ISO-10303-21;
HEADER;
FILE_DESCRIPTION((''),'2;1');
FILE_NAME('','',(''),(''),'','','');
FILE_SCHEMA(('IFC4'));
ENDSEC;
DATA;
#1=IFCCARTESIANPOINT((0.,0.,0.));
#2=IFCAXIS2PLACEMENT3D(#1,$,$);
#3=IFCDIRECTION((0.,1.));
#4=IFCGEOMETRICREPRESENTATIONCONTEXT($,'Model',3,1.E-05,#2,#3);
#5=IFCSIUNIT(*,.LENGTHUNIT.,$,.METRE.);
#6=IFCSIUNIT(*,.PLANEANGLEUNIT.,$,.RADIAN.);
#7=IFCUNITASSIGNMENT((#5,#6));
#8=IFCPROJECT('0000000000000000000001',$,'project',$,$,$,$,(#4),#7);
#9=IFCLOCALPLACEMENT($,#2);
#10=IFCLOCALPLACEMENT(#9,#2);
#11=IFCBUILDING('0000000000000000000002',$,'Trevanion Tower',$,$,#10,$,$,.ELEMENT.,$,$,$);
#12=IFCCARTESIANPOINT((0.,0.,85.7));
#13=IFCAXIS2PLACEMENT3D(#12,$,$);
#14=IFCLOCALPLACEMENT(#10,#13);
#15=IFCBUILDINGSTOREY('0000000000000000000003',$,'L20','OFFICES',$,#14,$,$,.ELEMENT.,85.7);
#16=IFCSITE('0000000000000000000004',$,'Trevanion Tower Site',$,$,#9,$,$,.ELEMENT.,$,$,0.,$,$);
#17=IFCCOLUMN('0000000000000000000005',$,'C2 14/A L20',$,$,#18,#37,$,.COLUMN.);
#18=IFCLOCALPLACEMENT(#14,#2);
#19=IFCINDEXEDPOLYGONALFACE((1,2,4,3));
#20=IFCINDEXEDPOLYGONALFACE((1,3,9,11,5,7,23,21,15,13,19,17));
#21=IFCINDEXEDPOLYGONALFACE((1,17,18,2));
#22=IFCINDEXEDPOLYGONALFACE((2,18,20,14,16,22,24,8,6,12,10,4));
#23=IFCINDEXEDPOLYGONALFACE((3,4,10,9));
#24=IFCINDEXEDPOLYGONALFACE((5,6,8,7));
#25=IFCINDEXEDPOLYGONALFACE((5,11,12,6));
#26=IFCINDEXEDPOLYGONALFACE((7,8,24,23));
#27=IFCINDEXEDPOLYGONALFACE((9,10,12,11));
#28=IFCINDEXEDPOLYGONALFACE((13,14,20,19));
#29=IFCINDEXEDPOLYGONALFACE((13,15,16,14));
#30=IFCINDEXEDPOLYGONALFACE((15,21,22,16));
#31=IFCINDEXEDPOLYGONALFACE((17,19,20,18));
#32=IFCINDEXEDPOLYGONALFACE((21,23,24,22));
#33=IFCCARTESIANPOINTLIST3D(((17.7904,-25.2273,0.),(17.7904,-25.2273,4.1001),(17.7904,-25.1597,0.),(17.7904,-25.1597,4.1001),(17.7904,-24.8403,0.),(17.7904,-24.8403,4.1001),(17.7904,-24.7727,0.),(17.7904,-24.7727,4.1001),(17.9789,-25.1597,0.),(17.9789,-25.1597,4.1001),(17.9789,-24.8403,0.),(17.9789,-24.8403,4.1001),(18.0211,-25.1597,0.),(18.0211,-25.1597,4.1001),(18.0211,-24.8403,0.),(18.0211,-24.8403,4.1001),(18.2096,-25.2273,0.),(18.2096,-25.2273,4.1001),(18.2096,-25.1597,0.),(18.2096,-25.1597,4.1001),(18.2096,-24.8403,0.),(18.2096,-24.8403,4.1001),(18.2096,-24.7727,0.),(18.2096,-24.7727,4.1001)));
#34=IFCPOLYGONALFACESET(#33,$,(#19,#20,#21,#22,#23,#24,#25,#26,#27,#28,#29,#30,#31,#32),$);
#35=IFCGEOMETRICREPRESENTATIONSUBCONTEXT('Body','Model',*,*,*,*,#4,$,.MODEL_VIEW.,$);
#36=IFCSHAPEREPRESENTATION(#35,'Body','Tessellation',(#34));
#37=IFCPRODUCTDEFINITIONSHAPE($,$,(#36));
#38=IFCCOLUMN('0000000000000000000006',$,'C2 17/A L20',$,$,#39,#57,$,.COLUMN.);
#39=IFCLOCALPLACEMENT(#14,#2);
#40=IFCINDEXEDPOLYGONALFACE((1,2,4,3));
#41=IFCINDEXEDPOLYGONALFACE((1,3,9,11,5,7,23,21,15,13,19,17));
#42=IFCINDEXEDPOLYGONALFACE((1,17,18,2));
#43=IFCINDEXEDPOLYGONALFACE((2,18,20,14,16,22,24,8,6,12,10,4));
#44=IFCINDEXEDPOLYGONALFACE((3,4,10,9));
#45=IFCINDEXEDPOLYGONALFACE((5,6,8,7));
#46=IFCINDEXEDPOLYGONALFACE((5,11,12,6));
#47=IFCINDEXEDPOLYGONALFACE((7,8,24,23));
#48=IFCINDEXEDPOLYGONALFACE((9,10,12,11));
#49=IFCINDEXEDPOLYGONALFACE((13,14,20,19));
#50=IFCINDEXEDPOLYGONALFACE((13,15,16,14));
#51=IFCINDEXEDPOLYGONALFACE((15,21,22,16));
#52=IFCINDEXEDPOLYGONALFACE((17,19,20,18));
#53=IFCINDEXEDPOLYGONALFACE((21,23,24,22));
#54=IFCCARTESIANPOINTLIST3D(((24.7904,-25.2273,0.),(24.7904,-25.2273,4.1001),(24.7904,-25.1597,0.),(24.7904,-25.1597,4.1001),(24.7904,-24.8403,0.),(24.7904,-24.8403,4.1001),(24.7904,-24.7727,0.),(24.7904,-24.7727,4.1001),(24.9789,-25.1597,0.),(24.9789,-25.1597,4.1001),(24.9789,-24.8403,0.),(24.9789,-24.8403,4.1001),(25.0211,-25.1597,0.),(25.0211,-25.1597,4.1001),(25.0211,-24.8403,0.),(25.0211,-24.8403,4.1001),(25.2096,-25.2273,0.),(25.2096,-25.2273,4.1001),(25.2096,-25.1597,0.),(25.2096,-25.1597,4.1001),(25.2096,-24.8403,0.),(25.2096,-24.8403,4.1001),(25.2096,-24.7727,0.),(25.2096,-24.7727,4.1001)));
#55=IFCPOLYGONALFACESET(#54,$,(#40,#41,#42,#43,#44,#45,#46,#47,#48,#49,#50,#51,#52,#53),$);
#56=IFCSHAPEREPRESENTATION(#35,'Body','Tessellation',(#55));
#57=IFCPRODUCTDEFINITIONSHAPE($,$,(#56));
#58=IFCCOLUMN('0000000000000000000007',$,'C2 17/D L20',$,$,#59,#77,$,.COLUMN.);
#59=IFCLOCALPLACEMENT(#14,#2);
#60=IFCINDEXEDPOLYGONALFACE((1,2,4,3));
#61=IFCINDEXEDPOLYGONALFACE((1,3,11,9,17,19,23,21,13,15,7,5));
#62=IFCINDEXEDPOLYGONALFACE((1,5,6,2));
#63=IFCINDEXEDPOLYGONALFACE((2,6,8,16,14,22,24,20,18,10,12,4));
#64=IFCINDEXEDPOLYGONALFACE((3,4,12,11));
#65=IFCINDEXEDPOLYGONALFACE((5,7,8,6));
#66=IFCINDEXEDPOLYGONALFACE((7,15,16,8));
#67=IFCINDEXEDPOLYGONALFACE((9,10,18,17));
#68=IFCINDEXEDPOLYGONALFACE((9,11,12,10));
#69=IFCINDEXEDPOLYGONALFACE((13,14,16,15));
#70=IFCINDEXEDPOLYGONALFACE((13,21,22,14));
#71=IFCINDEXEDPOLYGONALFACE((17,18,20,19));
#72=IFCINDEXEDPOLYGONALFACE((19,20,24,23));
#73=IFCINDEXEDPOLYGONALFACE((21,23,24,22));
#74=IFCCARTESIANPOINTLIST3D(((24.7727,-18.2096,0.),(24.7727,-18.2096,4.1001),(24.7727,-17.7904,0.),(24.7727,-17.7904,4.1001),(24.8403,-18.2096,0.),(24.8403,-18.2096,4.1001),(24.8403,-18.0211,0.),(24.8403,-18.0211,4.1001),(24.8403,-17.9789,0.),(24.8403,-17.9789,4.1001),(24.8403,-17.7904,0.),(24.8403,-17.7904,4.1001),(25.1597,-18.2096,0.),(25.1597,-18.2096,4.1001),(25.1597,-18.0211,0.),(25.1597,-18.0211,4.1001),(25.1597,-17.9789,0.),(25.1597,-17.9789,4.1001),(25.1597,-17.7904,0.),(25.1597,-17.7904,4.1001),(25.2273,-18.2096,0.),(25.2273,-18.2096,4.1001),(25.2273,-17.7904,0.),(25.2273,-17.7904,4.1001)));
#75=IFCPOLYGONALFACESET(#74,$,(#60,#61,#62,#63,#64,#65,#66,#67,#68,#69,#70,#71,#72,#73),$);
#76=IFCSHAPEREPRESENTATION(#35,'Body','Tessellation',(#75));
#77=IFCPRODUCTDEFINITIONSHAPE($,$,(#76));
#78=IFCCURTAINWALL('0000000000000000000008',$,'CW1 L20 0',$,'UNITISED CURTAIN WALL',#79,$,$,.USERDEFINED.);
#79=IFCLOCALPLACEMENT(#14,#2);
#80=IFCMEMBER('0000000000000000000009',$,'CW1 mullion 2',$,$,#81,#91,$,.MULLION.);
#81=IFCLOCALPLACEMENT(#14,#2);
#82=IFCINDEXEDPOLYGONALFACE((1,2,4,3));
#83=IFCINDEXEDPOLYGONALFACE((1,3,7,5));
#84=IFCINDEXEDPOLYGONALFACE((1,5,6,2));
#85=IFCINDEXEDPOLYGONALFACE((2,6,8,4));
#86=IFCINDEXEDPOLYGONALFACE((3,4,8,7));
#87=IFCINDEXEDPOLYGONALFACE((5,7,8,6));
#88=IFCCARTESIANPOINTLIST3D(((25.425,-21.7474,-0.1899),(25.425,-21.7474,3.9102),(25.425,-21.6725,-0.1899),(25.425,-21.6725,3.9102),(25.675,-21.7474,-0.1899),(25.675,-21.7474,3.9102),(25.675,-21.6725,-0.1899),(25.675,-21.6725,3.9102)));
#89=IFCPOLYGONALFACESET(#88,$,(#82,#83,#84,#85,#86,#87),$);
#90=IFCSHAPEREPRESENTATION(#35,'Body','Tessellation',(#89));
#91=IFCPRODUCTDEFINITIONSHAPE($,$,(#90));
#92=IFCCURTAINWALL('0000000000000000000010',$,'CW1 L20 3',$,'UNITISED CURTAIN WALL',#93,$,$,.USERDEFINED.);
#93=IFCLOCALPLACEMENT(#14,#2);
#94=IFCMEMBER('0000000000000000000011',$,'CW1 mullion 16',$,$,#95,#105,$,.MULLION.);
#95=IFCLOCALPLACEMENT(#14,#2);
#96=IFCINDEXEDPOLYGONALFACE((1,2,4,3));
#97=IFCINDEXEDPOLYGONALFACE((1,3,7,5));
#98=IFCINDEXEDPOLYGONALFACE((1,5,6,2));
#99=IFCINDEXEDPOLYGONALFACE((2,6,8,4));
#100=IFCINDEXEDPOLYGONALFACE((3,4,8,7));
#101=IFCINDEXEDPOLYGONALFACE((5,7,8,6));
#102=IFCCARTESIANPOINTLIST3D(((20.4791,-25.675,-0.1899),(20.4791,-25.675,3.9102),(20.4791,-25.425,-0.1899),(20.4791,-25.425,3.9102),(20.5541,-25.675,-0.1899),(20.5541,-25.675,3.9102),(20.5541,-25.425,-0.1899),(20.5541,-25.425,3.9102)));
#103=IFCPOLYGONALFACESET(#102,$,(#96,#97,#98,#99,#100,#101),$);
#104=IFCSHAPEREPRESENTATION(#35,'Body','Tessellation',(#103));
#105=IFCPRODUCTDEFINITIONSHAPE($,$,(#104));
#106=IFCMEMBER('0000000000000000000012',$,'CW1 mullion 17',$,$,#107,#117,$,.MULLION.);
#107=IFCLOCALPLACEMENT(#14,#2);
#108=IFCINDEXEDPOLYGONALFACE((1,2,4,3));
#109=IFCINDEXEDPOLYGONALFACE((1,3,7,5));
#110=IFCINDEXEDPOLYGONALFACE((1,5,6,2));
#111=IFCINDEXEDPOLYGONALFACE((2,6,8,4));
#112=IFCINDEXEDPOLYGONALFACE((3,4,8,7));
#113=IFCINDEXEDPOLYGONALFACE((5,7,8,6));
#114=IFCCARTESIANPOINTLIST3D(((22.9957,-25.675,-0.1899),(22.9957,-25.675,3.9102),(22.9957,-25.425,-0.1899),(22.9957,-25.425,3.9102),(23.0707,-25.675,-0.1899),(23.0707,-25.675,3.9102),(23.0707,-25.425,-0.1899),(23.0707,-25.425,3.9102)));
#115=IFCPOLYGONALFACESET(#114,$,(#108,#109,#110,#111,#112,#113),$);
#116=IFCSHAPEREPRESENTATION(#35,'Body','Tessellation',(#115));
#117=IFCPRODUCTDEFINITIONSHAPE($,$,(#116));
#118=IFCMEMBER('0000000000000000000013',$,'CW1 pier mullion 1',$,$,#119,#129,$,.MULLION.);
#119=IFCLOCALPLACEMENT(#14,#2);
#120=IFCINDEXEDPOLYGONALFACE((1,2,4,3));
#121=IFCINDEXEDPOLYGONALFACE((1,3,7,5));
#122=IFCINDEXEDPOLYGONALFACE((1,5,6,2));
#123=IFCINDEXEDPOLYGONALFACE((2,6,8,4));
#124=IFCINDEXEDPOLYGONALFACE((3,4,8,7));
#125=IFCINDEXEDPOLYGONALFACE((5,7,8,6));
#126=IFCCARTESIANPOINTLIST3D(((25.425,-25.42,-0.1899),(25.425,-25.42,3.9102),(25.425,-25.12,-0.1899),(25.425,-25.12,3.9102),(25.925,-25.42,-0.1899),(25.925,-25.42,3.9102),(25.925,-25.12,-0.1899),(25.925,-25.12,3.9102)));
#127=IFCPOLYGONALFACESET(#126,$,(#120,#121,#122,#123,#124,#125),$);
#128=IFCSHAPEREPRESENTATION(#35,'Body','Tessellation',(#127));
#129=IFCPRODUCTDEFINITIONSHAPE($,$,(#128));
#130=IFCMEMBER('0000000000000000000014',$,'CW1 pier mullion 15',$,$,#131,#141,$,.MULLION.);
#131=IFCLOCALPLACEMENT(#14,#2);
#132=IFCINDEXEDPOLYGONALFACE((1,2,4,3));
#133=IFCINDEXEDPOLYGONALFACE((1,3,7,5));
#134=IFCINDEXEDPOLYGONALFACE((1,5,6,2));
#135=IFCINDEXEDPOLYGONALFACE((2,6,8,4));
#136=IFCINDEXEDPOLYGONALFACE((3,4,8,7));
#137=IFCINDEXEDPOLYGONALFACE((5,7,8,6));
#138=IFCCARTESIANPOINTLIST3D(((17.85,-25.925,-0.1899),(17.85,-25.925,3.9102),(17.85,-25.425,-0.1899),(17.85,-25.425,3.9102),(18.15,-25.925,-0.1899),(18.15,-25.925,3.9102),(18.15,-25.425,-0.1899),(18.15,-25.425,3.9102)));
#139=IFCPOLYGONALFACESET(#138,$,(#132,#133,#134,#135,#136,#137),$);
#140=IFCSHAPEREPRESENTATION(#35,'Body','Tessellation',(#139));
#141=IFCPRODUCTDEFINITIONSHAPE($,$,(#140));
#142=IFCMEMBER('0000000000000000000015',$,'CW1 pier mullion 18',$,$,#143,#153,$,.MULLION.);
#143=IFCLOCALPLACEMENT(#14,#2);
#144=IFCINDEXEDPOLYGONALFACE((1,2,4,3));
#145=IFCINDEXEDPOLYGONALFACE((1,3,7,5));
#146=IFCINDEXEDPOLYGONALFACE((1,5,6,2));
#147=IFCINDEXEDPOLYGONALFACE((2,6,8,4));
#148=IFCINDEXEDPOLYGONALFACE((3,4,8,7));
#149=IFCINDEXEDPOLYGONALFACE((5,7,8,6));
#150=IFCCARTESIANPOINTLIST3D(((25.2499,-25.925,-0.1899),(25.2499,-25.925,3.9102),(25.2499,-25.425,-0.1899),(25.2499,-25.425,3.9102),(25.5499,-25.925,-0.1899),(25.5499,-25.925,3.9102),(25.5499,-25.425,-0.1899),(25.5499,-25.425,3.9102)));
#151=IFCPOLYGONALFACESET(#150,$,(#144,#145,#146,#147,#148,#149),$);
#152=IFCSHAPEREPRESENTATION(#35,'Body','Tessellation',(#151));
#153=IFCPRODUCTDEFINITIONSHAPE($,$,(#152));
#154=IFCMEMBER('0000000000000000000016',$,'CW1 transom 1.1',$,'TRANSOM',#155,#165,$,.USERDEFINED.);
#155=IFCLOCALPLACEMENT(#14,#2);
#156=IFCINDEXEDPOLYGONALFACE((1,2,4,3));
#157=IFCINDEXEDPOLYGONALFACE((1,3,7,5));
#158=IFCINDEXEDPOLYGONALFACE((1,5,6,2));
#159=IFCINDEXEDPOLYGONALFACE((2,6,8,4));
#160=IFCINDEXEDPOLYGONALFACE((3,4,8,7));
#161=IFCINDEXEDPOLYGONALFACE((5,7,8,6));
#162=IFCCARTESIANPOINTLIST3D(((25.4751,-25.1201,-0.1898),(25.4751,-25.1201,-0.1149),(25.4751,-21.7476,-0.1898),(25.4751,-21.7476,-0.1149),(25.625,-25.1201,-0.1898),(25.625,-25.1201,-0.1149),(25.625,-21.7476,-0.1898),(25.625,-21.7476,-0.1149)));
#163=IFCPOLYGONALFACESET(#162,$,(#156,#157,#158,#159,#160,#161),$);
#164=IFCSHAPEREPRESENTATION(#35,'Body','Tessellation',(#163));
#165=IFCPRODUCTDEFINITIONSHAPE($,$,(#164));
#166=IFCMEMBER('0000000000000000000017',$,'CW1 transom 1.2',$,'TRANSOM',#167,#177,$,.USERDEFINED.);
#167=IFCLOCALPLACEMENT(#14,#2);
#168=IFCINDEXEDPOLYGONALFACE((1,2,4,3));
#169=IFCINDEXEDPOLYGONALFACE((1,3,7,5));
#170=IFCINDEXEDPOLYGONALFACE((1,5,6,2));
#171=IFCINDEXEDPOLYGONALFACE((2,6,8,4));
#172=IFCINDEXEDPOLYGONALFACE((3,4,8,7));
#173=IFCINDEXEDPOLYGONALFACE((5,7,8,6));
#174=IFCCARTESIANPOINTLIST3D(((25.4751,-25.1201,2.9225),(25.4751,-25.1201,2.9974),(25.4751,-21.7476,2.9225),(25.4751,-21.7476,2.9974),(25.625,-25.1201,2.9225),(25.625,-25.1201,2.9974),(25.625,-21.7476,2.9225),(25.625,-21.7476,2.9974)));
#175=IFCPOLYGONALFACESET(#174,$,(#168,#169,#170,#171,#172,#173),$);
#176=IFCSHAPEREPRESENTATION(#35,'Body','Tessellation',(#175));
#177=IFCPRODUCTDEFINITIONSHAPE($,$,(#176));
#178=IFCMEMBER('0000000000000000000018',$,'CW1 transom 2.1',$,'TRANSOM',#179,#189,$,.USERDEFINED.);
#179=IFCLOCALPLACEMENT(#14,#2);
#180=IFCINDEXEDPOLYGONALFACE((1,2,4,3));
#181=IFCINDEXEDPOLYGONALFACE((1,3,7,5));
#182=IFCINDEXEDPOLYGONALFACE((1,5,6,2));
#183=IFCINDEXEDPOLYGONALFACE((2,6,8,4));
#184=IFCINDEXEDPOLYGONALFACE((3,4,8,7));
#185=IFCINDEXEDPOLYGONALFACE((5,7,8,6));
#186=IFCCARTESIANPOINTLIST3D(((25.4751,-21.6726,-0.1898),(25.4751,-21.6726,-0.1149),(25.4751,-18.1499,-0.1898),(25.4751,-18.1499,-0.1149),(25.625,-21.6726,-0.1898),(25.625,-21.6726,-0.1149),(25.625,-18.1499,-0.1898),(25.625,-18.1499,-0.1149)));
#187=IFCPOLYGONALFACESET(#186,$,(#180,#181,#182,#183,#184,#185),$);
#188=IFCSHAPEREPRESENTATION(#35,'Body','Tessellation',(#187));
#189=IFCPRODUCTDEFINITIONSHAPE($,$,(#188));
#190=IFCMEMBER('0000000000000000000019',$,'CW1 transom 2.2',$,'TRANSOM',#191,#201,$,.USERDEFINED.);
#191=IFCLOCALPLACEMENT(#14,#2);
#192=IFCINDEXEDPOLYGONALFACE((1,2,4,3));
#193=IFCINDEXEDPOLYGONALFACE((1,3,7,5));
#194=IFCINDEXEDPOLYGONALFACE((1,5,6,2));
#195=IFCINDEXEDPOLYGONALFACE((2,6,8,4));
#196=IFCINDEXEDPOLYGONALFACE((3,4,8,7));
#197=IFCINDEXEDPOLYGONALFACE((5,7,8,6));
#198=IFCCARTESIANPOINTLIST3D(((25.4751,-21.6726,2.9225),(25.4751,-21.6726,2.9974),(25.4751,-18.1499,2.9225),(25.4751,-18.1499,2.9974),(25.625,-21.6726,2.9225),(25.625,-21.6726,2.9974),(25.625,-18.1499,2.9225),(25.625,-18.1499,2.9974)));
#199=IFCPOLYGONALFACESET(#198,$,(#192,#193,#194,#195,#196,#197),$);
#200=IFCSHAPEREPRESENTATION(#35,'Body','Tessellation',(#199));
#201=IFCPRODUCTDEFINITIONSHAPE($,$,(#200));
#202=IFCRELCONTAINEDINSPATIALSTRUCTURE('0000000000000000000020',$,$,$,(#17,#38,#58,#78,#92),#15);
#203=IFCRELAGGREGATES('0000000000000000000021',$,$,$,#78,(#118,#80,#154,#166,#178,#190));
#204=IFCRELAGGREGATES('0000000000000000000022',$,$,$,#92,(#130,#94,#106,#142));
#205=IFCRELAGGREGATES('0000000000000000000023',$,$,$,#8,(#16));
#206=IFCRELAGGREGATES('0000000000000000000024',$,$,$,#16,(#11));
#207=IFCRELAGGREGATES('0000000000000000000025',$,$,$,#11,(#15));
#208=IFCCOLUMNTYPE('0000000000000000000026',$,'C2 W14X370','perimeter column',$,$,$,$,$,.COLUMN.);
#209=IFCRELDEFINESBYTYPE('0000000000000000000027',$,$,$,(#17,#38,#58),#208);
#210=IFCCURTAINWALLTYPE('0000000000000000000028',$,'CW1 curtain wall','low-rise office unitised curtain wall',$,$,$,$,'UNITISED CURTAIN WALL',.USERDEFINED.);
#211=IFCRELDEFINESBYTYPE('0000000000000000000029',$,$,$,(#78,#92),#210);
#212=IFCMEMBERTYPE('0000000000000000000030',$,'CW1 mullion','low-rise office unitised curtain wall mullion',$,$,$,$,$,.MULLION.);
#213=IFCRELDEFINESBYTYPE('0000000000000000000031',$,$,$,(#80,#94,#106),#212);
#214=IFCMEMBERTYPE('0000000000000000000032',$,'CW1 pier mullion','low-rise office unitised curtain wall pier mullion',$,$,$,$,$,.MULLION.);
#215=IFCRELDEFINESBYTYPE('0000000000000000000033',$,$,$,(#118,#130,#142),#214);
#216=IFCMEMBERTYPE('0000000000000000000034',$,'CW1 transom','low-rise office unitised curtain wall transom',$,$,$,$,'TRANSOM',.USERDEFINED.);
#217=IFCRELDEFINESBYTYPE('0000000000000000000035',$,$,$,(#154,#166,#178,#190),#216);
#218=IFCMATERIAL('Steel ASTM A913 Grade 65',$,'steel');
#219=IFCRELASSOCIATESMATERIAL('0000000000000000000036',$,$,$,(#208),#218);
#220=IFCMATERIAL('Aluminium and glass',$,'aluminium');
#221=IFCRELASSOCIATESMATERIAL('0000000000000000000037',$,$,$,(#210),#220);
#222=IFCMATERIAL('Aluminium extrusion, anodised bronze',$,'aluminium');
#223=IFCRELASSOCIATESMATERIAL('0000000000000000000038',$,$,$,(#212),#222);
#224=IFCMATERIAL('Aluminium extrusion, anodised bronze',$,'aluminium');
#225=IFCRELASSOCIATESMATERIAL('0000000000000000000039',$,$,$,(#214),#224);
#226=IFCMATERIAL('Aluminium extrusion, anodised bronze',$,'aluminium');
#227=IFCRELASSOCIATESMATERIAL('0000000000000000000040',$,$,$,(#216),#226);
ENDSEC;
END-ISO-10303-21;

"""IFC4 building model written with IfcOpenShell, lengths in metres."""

from ifc_helpers import new_model, si_unit, direction, frame, origin, origin_2d, place, context, subcontext, project, spatial, rectangle, i_section, extrude, material, material_profile, profile_set, type_object, element, aggregate, save


model = new_model("IFC4")

# Units and contexts
model_context = context("Model", 3, precision=1e-05, world=origin(), true_north=direction((0.0, 1.0)))
body_context = subcontext(model_context, "Body", "Model", "MODEL_VIEW")
ifc_project = project(units=[si_unit("LENGTHUNIT", "METRE"), si_unit("PLANEANGLEUNIT", "RADIAN")], contexts=[model_context])

# Site, building, storey
site_placement = place(None, origin())
site = spatial("IfcSite", under=ifc_project, at=site_placement, Name="Trevanion Tower Site", CompositionType="ELEMENT", RefElevation=0.0)
building_placement = place(site_placement, origin())
building = spatial("IfcBuilding", under=site, at=building_placement, Name="Trevanion Tower", CompositionType="ELEMENT")
storey_placement = place(building_placement, frame((0.0, 0.0, 85.7)))
storey = spatial("IfcBuildingStorey", under=building, at=storey_placement, Name="L20", Description="OFFICES", CompositionType="ELEMENT", Elevation=85.7)

# Columns
ifc_material_1 = material(Name="Steel ASTM A913 Grade 65", Category="steel")
ifc_material_profile_1 = material_profile(ifc_material_1, i_section(OverallWidth=0.4192, OverallDepth=0.4546, WebThickness=0.0422, FlangeThickness=0.0676, at=origin_2d()), Name="W14X370")
ifc_profile_set_1 = profile_set([ifc_material_profile_1], Name="Steel ASTM A913 Grade 65")
column_type = type_object("IfcColumnType", Name="C2 W14X370", Description="perimeter column", PredefinedType="COLUMN", material=ifc_profile_set_1)
for number, where, z_axis, x_axis, name in (
    (1, (18.0, -25.0, 0.0), (0.0, 0.0, 1.0), (1.0, 0.0, 0.0), "C2 14/A L20"),
    (2, (25.0, -25.0, 0.0), (0.0, 0.0, 1.0), (1.0, 0.0, 0.0), "C2 17/A L20"),
    (3, (25.0, -18.0, 0.0), (0.0, 0.0, 1.0), (0.0, 1.0, 0.0), "C2 17/D L20"),
):
    element("IfcColumn", number, at=place(storey_placement, frame(where, z_axis=z_axis, x_axis=x_axis)), inside=storey, type_object=column_type, Name=name, PredefinedType="COLUMN", context=body_context, shape_type="SweptSolid", body=[
        extrude(i_section(OverallWidth=0.4192, OverallDepth=0.4546, WebThickness=0.0422, FlangeThickness=0.0676, at=origin_2d()), origin(), (0.0, 0.0, 1.0), 4.1001),
    ])

# Curtain wall, member
ifc_material_2 = material(Name="Aluminium and glass", Category="aluminium")
curtain_wall_type = type_object("IfcCurtainWallType", Name="CW1 curtain wall", Description="low-rise office unitised curtain wall", ElementType="UNITISED CURTAIN WALL", PredefinedType="USERDEFINED", material=ifc_material_2)
curtain_wall_1_placement = place(storey_placement, origin())
curtain_wall_1 = element("IfcCurtainWall", 4, at=curtain_wall_1_placement, inside=storey, type_object=curtain_wall_type, Name="CW1 L20 0", ObjectType="UNITISED CURTAIN WALL", PredefinedType="USERDEFINED")
ifc_material_3 = material(Name="Aluminium extrusion, anodised bronze", Category="aluminium")
ifc_material_profile_2 = material_profile(ifc_material_3, rectangle(XDim=0.075, YDim=0.25, at=origin_2d()), Name="CW1 mullion")
ifc_profile_set_2 = profile_set([ifc_material_profile_2], Name="Aluminium extrusion, anodised bronze")
member_type_1 = type_object("IfcMemberType", Name="CW1 mullion", Description="low-rise office unitised curtain wall mullion", PredefinedType="MULLION", material=ifc_profile_set_2)
member_1_placement = place(storey_placement, frame((25.55, -21.71, -0.1899), z_axis=(0.0, 0.0, 1.0), x_axis=(0.0, 1.0, 0.0)))
member_1 = element("IfcMember", 5, at=member_1_placement, type_object=member_type_1, Name="CW1 mullion 2", PredefinedType="MULLION", context=body_context, shape_type="SweptSolid", body=[
    extrude(rectangle(XDim=0.075, YDim=0.25, at=origin_2d()), origin(), (0.0, 0.0, 1.0), 4.1001),
])

# Curtain wall, members
curtain_wall_2_placement = place(storey_placement, origin())
curtain_wall_2 = element("IfcCurtainWall", 6, at=curtain_wall_2_placement, inside=storey, type_object=curtain_wall_type, Name="CW1 L20 3", ObjectType="UNITISED CURTAIN WALL", PredefinedType="USERDEFINED")
member_2_placement = place(storey_placement, frame((20.5166, -25.55, -0.1899), z_axis=(0.0, 0.0, 1.0), x_axis=(1.0, 0.0, 0.0)))
member_2 = element("IfcMember", 7, at=member_2_placement, type_object=member_type_1, Name="CW1 mullion 16", PredefinedType="MULLION", context=body_context, shape_type="SweptSolid", body=[
    extrude(rectangle(XDim=0.075, YDim=0.25, at=origin_2d()), origin(), (0.0, 0.0, 1.0), 4.1001),
])
member_3_placement = place(storey_placement, frame((23.0332, -25.55, -0.1899), z_axis=(0.0, 0.0, 1.0), x_axis=(1.0, 0.0, 0.0)))
member_3 = element("IfcMember", 8, at=member_3_placement, type_object=member_type_1, Name="CW1 mullion 17", PredefinedType="MULLION", context=body_context, shape_type="SweptSolid", body=[
    extrude(rectangle(XDim=0.075, YDim=0.25, at=origin_2d()), origin(), (0.0, 0.0, 1.0), 4.1001),
])

# Members
ifc_material_4 = material(Name="Aluminium extrusion, anodised bronze", Category="aluminium")
ifc_material_profile_3 = material_profile(ifc_material_4, rectangle(XDim=0.3, YDim=0.5, at=origin_2d()), Name="CW1 pier mullion")
ifc_profile_set_3 = profile_set([ifc_material_profile_3], Name="Aluminium extrusion, anodised bronze")
member_type_2 = type_object("IfcMemberType", Name="CW1 pier mullion", Description="low-rise office unitised curtain wall pier mullion", PredefinedType="MULLION", material=ifc_profile_set_3)
member_4_placement = place(storey_placement, frame((25.675, -25.27, -0.1899), z_axis=(0.0, 0.0, 1.0), x_axis=(0.0, 1.0, 0.0)))
member_4 = element("IfcMember", 9, at=member_4_placement, type_object=member_type_2, Name="CW1 pier mullion 1", PredefinedType="MULLION", context=body_context, shape_type="SweptSolid", body=[
    extrude(rectangle(XDim=0.3, YDim=0.5, at=origin_2d()), origin(), (0.0, 0.0, 1.0), 4.1001),
])
member_5_placement = place(storey_placement, frame((18.0, -25.675, -0.1899), z_axis=(0.0, 0.0, 1.0), x_axis=(1.0, 0.0, 0.0)))
member_5 = element("IfcMember", 10, at=member_5_placement, type_object=member_type_2, Name="CW1 pier mullion 15", PredefinedType="MULLION", context=body_context, shape_type="SweptSolid", body=[
    extrude(rectangle(XDim=0.3, YDim=0.5, at=origin_2d()), origin(), (0.0, 0.0, 1.0), 4.1001),
])
member_6_placement = place(storey_placement, frame((25.3999, -25.675, -0.1899), z_axis=(0.0, 0.0, 1.0), x_axis=(1.0, 0.0, 0.0)))
member_6 = element("IfcMember", 11, at=member_6_placement, type_object=member_type_2, Name="CW1 pier mullion 18", PredefinedType="MULLION", context=body_context, shape_type="SweptSolid", body=[
    extrude(rectangle(XDim=0.3, YDim=0.5, at=origin_2d()), origin(), (0.0, 0.0, 1.0), 4.1001),
])
ifc_material_5 = material(Name="Aluminium extrusion, anodised bronze", Category="aluminium")
ifc_material_profile_4 = material_profile(ifc_material_5, rectangle(XDim=0.1499, YDim=0.075, at=origin_2d()), Name="CW1 transom")
ifc_profile_set_4 = profile_set([ifc_material_profile_4], Name="Aluminium extrusion, anodised bronze")
member_type_3 = type_object("IfcMemberType", Name="CW1 transom", Description="low-rise office unitised curtain wall transom", ElementType="TRANSOM", PredefinedType="USERDEFINED", material=ifc_profile_set_4)
member_7_placement = place(storey_placement, frame((25.55, -25.1201, -0.1523), z_axis=(0.0, 1.0, 0.0), x_axis=(-1.0, 0.0, 0.0)))
member_7 = element("IfcMember", 12, at=member_7_placement, type_object=member_type_3, Name="CW1 transom 1.1", ObjectType="TRANSOM", PredefinedType="USERDEFINED", context=body_context, shape_type="SweptSolid", body=[
    extrude(rectangle(XDim=0.1499, YDim=0.075, at=origin_2d()), origin(), (0.0, 0.0, 1.0), 3.3726),
])
member_8_placement = place(storey_placement, frame((25.55, -25.1201, 2.96), z_axis=(0.0, 1.0, 0.0), x_axis=(-1.0, 0.0, 0.0)))
member_8 = element("IfcMember", 13, at=member_8_placement, type_object=member_type_3, Name="CW1 transom 1.2", ObjectType="TRANSOM", PredefinedType="USERDEFINED", context=body_context, shape_type="SweptSolid", body=[
    extrude(rectangle(XDim=0.1499, YDim=0.075, at=origin_2d()), origin(), (0.0, 0.0, 1.0), 3.3726),
])
member_9_placement = place(storey_placement, frame((25.55, -21.6726, -0.1523), z_axis=(0.0, 1.0, 0.0), x_axis=(-1.0, 0.0, 0.0)))
member_9 = element("IfcMember", 14, at=member_9_placement, type_object=member_type_3, Name="CW1 transom 2.1", ObjectType="TRANSOM", PredefinedType="USERDEFINED", context=body_context, shape_type="SweptSolid", body=[
    extrude(rectangle(XDim=0.1499, YDim=0.075, at=origin_2d()), origin(), (0.0, 0.0, 1.0), 3.5227),
])
member_10_placement = place(storey_placement, frame((25.55, -21.6726, 2.96), z_axis=(0.0, 1.0, 0.0), x_axis=(-1.0, 0.0, 0.0)))
member_10 = element("IfcMember", 15, at=member_10_placement, type_object=member_type_3, Name="CW1 transom 2.2", ObjectType="TRANSOM", PredefinedType="USERDEFINED", context=body_context, shape_type="SweptSolid", body=[
    extrude(rectangle(XDim=0.1499, YDim=0.075, at=origin_2d()), origin(), (0.0, 0.0, 1.0), 3.5227),
])

aggregate(curtain_wall_1, [member_4, member_1, member_7, member_8, member_9, member_10])
aggregate(curtain_wall_2, [member_5, member_2, member_3, member_6])

save(model, "model.ifc")
